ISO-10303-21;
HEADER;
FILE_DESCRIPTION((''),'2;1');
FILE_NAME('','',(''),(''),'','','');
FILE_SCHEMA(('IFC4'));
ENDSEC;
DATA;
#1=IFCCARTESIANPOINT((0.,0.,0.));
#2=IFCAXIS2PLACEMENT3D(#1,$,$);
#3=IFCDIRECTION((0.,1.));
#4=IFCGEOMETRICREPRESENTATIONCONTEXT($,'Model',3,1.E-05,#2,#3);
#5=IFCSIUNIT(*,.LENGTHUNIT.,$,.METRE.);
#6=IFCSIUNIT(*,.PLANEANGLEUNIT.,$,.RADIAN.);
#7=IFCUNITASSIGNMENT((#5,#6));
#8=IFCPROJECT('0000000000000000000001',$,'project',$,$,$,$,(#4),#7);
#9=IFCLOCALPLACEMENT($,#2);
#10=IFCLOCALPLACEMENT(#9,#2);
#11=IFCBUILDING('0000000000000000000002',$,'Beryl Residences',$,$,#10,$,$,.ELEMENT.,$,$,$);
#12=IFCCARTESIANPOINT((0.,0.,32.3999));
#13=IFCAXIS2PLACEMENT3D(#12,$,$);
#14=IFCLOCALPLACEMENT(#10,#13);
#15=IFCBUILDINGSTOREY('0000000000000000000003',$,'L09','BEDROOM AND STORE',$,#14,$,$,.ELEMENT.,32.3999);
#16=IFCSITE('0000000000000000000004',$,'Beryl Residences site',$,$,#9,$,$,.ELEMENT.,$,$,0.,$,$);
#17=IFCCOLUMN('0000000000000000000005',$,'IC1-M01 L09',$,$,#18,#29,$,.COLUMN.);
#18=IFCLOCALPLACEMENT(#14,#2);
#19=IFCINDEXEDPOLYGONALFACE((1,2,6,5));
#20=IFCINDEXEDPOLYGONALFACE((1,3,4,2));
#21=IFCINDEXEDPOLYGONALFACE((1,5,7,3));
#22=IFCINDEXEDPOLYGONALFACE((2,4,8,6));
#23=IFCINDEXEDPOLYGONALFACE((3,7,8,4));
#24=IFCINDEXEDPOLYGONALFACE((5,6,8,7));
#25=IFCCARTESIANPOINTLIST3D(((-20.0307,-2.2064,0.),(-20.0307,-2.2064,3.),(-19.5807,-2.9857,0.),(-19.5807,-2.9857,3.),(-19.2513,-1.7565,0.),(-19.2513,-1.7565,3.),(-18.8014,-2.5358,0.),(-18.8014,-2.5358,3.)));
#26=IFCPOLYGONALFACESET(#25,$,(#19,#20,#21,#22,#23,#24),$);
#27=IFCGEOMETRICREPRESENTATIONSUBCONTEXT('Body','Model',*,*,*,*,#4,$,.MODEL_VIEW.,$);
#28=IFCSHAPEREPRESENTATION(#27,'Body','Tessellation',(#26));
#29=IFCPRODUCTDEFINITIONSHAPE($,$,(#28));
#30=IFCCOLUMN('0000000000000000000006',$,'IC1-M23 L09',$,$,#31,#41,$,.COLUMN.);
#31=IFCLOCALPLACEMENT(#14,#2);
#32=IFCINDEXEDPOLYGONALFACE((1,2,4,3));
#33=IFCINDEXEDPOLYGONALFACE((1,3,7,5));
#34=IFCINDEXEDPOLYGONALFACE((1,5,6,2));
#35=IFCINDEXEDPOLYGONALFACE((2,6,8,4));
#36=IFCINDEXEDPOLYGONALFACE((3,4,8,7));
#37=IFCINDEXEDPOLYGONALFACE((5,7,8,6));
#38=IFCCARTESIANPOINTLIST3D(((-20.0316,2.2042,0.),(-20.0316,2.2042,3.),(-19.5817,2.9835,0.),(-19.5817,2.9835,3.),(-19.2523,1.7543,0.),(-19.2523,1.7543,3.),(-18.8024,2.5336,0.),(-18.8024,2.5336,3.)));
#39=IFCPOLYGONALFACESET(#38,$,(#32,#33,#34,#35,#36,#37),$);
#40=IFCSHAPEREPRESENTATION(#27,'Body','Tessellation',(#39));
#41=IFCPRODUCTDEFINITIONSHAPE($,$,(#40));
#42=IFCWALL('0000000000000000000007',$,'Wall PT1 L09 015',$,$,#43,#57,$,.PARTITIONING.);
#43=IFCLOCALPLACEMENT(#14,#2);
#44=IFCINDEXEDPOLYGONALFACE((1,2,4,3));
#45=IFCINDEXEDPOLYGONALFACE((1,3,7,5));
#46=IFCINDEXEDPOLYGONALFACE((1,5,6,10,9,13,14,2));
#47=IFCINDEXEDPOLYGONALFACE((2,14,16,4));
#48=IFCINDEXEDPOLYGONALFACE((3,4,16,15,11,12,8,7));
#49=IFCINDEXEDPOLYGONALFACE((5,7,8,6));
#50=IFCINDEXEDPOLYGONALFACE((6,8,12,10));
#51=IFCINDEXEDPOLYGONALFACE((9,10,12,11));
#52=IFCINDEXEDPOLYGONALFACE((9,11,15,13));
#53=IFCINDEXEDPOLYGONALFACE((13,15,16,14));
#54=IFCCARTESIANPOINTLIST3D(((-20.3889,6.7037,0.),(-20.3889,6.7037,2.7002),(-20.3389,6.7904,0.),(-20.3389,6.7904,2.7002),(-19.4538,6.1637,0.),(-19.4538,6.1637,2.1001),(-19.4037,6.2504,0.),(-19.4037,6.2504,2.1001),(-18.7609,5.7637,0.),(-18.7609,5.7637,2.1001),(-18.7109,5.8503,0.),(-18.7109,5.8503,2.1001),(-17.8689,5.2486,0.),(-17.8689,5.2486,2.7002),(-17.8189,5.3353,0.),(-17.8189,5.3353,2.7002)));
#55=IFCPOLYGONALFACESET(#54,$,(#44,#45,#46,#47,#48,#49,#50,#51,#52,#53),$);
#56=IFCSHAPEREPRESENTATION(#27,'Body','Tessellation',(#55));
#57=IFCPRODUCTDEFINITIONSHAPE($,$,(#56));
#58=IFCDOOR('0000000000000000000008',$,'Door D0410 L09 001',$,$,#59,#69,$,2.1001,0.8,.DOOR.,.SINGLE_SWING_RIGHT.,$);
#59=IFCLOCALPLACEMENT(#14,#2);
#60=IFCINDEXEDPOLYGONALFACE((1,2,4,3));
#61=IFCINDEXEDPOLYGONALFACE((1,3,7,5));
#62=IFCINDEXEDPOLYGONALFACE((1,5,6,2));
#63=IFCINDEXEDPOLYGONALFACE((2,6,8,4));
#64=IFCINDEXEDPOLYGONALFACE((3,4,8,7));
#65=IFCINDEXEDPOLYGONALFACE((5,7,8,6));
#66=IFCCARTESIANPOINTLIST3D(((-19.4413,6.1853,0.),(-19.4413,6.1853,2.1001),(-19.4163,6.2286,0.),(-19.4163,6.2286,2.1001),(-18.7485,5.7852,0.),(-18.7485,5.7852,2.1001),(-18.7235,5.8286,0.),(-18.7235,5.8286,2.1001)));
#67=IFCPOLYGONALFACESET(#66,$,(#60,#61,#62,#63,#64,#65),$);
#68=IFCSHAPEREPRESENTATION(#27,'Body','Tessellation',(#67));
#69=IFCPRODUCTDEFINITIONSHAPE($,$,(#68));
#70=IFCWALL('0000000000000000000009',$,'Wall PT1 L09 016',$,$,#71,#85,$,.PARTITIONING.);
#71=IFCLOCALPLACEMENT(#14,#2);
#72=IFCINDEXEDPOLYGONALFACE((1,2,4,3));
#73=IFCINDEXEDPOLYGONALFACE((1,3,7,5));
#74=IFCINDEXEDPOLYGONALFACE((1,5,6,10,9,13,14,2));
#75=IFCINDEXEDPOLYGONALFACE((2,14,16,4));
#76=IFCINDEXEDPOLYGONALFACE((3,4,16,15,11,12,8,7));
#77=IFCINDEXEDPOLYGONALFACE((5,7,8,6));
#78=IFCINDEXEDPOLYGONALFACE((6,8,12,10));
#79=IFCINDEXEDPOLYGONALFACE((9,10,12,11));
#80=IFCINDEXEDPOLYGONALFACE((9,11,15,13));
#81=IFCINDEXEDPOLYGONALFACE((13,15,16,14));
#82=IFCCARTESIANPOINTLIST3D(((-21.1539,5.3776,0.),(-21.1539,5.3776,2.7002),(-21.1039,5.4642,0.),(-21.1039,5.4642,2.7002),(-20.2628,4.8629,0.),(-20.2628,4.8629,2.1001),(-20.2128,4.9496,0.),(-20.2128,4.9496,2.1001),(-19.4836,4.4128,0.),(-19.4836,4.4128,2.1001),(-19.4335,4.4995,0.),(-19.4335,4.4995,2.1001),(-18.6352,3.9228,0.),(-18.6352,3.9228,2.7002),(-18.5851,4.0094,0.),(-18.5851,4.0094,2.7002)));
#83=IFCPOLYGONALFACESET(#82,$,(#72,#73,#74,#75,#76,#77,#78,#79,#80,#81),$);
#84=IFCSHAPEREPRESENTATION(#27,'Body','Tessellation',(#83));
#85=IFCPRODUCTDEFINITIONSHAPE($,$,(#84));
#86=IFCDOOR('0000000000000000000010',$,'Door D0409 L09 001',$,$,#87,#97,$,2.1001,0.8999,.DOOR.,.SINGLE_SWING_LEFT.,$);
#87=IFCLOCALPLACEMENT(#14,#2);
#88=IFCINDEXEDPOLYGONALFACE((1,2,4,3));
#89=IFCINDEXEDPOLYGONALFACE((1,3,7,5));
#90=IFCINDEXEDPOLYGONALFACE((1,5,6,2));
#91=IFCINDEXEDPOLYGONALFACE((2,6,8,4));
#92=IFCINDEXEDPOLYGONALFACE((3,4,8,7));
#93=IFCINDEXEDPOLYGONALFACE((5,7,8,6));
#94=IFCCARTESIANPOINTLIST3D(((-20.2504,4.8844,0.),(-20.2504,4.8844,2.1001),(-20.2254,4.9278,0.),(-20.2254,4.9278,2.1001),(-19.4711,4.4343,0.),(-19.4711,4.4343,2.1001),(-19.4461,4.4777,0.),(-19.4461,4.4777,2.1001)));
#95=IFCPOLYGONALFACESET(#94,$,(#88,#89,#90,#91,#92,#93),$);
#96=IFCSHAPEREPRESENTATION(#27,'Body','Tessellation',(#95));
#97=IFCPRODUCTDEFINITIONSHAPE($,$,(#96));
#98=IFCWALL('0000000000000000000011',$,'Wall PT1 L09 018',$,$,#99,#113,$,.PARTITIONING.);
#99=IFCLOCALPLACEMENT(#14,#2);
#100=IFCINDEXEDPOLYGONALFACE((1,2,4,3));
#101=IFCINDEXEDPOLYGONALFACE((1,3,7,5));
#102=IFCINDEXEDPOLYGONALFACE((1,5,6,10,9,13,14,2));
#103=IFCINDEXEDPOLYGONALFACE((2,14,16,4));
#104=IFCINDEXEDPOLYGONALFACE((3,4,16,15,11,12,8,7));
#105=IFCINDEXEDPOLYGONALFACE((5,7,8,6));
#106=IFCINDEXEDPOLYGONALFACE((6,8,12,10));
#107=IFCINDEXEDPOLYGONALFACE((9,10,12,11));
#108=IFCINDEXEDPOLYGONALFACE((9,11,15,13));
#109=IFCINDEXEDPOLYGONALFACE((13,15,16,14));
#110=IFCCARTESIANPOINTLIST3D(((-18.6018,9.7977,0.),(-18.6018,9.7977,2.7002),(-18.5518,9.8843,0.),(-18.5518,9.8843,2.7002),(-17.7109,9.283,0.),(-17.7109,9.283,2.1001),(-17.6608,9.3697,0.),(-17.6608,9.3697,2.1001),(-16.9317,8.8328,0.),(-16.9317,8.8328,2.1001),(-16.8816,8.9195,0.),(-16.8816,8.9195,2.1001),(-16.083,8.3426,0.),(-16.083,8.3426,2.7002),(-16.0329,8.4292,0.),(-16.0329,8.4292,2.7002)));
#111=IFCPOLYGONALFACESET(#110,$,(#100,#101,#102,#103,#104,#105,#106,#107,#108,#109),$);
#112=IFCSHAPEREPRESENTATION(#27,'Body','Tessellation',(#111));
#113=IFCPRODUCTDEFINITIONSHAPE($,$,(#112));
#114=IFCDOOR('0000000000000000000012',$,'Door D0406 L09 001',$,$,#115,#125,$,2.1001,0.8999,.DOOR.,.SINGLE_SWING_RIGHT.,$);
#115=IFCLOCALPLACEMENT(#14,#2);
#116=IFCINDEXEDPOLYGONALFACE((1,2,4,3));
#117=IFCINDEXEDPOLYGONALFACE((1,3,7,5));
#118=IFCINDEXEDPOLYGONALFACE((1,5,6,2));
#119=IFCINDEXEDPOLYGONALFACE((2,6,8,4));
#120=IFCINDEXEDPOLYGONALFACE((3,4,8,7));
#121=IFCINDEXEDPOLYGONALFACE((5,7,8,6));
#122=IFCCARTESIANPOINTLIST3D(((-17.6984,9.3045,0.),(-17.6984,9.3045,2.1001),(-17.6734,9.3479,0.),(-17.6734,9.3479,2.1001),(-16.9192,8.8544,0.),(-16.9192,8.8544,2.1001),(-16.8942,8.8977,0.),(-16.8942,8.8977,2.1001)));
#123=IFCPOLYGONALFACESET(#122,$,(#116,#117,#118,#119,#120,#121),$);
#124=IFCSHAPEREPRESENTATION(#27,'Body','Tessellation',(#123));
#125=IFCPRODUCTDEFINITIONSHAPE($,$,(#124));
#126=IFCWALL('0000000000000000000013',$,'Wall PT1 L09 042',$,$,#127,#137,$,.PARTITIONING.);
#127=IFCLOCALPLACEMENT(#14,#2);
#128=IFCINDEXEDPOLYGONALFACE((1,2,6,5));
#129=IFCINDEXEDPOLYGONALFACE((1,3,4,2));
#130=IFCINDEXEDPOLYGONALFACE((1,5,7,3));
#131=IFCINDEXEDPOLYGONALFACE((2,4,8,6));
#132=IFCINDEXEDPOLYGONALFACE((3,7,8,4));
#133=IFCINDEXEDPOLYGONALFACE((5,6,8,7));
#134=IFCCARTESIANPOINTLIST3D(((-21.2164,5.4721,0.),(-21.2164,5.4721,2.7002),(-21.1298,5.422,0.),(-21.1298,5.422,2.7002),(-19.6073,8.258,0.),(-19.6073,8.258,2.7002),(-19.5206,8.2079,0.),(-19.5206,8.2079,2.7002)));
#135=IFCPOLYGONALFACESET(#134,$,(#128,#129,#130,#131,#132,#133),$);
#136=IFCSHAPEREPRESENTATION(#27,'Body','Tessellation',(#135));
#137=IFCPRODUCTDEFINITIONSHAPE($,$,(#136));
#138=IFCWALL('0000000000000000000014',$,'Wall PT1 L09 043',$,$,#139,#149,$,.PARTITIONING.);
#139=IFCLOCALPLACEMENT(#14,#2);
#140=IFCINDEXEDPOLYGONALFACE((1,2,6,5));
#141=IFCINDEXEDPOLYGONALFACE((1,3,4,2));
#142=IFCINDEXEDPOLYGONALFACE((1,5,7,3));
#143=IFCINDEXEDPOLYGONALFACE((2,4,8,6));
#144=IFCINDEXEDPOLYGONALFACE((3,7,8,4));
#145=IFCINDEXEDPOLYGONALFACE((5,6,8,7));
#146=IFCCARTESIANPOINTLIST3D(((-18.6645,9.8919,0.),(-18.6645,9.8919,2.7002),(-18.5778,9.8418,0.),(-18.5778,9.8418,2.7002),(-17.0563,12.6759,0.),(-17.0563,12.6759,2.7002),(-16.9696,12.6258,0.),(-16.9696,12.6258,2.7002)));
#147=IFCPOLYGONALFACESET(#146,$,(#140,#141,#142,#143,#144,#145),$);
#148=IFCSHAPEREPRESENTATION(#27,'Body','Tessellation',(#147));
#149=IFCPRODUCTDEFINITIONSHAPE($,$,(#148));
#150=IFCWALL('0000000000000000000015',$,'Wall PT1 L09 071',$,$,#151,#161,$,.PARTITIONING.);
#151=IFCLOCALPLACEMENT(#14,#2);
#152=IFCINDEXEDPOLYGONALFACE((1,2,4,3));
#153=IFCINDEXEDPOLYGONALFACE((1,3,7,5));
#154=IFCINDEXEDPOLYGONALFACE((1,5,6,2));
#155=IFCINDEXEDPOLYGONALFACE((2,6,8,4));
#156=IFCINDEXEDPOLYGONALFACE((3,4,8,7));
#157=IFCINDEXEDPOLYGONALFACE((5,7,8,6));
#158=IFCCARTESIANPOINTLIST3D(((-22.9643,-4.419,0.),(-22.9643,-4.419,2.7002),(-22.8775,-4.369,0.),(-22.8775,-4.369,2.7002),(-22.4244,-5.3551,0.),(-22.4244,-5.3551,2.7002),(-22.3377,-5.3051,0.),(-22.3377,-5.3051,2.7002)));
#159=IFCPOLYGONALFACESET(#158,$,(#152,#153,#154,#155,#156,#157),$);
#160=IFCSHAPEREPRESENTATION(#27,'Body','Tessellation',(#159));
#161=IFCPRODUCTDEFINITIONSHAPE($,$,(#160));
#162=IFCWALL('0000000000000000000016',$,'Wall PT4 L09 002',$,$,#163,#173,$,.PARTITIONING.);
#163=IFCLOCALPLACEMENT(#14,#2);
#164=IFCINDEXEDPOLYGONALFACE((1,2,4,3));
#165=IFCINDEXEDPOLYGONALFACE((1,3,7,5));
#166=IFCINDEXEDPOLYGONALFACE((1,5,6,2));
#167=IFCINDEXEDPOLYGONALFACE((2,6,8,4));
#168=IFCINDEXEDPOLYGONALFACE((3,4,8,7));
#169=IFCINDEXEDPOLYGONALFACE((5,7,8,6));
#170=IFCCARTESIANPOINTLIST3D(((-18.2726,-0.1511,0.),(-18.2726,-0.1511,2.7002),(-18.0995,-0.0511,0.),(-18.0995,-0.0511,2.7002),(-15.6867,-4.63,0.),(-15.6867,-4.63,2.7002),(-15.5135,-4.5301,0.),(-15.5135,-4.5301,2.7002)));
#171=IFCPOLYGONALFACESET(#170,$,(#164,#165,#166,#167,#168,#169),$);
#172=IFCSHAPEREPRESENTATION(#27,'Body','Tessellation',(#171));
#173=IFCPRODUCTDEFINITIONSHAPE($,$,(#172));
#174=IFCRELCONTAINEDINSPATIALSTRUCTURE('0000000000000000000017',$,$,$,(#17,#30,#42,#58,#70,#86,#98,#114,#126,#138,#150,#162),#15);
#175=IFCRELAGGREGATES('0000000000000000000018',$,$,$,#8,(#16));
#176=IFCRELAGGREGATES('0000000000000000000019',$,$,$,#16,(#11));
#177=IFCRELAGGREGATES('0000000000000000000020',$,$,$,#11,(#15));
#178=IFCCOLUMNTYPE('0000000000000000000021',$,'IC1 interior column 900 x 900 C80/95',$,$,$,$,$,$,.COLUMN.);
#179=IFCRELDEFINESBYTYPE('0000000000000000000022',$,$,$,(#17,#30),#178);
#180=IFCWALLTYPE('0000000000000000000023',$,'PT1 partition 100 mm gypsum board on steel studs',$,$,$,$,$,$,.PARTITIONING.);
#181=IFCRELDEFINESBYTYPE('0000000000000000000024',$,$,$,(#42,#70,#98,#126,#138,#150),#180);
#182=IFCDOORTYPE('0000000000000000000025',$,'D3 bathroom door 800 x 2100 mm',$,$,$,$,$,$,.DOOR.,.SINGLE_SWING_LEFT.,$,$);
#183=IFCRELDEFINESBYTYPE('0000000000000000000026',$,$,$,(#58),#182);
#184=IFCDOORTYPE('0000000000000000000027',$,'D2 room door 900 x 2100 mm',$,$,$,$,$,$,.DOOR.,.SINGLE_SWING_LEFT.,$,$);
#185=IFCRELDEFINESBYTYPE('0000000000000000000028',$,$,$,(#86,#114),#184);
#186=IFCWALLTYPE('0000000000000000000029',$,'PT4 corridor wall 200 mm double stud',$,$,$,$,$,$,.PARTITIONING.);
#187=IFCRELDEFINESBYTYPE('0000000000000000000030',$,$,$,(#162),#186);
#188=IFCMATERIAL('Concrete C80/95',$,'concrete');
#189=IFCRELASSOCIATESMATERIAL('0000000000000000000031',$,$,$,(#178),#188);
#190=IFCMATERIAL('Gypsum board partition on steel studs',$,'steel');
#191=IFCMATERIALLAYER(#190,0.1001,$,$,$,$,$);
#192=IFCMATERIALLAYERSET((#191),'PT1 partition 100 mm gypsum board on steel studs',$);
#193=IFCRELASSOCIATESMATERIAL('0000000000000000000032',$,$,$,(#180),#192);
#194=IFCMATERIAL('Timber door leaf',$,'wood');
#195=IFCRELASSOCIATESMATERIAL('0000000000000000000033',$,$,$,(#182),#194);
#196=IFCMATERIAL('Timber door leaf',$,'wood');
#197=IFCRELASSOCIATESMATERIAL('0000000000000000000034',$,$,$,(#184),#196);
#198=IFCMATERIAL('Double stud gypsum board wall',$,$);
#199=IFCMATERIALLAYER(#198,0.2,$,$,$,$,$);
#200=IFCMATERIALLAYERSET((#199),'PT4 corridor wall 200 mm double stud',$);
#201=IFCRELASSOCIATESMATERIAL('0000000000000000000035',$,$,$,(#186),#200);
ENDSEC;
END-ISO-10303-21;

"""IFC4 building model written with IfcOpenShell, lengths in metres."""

from ifc_helpers import new_model, si_unit, direction, frame, frame_2d, origin, origin_2d, place, context, subcontext, project, spatial, rectangle, extrude, material, layer, layer_set, material_profile, profile_set, type_object, element, fill, save


model = new_model("IFC4")

# Units and contexts
model_context = context("Model", 3, precision=1e-05, world=origin(), true_north=direction((0.0, 1.0)))
body_context = subcontext(model_context, "Body", "Model", "MODEL_VIEW")
ifc_project = project(units=[si_unit("LENGTHUNIT", "METRE"), si_unit("PLANEANGLEUNIT", "RADIAN")], contexts=[model_context])

# Site, building, storey
site_placement = place(None, origin())
site = spatial("IfcSite", under=ifc_project, at=site_placement, Name="Beryl Residences site", CompositionType="ELEMENT", RefElevation=0.0)
building_placement = place(site_placement, origin())
building = spatial("IfcBuilding", under=site, at=building_placement, Name="Beryl Residences", CompositionType="ELEMENT")
storey_placement = place(building_placement, frame((0.0, 0.0, 32.3999)))
storey = spatial("IfcBuildingStorey", under=building, at=storey_placement, Name="L09", Description="BEDROOM AND STORE", CompositionType="ELEMENT", Elevation=32.3999)

# Columns
ifc_material_1 = material(Name="Concrete C80/95", Category="concrete")
ifc_material_profile = material_profile(ifc_material_1, rectangle(XDim=0.8999, YDim=0.8999, at=origin_2d()))
ifc_profile_set = profile_set([ifc_material_profile], Name="Concrete C80/95")
column_type = type_object("IfcColumnType", Name="IC1 interior column 900 x 900 C80/95", PredefinedType="COLUMN", material=ifc_profile_set)
for number, where, z_axis, x_axis, name in (
    (1, (-19.416, -2.3711, 0.0), (0.0, 0.0, 1.0), (0.499985, -0.866034, 0.0), "IC1-M01 L09"),
    (2, (-19.417, 2.3689, 0.0), (0.0, 0.0, 1.0), (-0.499985, -0.866034, 0.0), "IC1-M23 L09"),
):
    element("IfcColumn", number, at=place(storey_placement, frame(where, z_axis=z_axis, x_axis=x_axis)), inside=storey, type_object=column_type, Name=name, PredefinedType="COLUMN", context=body_context, shape_type="SweptSolid", body=[
        extrude(rectangle(XDim=0.8999, YDim=0.8999, at=origin_2d()), origin(), (0.0, 0.0, 1.0), 3.0),
    ])

# Walls, openings, doors
ifc_material_2 = material(Name="Gypsum board partition on steel studs", Category="steel")
ifc_layer_1 = layer(ifc_material_2, 0.1001)
ifc_layer_set_1 = layer_set([ifc_layer_1], Name="PT1 partition 100 mm gypsum board on steel studs")
wall_type_1 = type_object("IfcWallType", Name="PT1 partition 100 mm gypsum board on steel studs", PredefinedType="PARTITIONING", material=ifc_layer_set_1)
wall_1_placement = place(storey_placement, frame((-20.364, 6.7471, 0.0), z_axis=(0.0, 0.0, 1.0), x_axis=(0.866004, -0.500037, 0.0)))
wall_1 = element("IfcWall", 3, at=wall_1_placement, inside=storey, type_object=wall_type_1, Name="Wall PT1 L09 015", PredefinedType="PARTITIONING", context=body_context, shape_type="SweptSolid", body=[
    extrude(rectangle(XDim=2.9099, YDim=0.1001, at=frame_2d((1.4551, 0.0))), origin(), (0.0, 0.0, 1.0), 2.7002),
])
opening_1_placement = place(wall_1_placement, frame((1.0801, 0.0, 0.0)))
opening_1 = element("IfcOpeningElement", 4, at=opening_1_placement, cuts=wall_1, PredefinedType="OPENING", context=body_context, shape_type="SweptSolid", body=[
    extrude(rectangle(XDim=0.8, YDim=2.1001, at=frame_2d((0.3999, 1.05))), frame((0.0, 0.0601, 0.0), z_axis=(0.0, -1.0, 0.0), x_axis=(1.0, 0.0, 0.0)), (0.0, 0.0, 1.0), 0.1201),
])
ifc_material_3 = material(Name="Timber door leaf", Category="wood")
door_type_1 = type_object("IfcDoorType", Name="D3 bathroom door 800 x 2100 mm", OperationType="SINGLE_SWING_LEFT", PredefinedType="DOOR", material=ifc_material_3)
door_1_placement = place(opening_1_placement, origin())
door_1 = element("IfcDoor", 5, at=door_1_placement, inside=storey, type_object=door_type_1, Name="Door D0410 L09 001", OperationType="SINGLE_SWING_RIGHT", OverallHeight=2.1001, OverallWidth=0.8, PredefinedType="DOOR", context=body_context, shape_type="SweptSolid", body=[
    extrude(rectangle(XDim=0.8, YDim=2.1001, at=frame_2d((0.3999, 1.05))), frame((0.0, 0.0249, 0.0), z_axis=(0.0, -1.0, 0.0), x_axis=(1.0, 0.0, 0.0)), (0.0, 0.0, 1.0), 0.05),
])
fill(opening_1, door_1)
wall_2_placement = place(storey_placement, frame((-21.1289, 5.4209, 0.0), z_axis=(0.0, 0.0, 1.0), x_axis=(0.865935, -0.500156, 0.0)))
wall_2 = element("IfcWall", 6, at=wall_2_placement, inside=storey, type_object=wall_type_1, Name="Wall PT1 L09 016", PredefinedType="PARTITIONING", context=body_context, shape_type="SweptSolid", body=[
    extrude(rectangle(XDim=2.9087, YDim=0.1001, at=frame_2d((1.4543, 0.0))), origin(), (0.0, 0.0, 1.0), 2.7002),
])
opening_2_placement = place(wall_2_placement, frame((1.0291, 0.0, 0.0)))
opening_2 = element("IfcOpeningElement", 7, at=opening_2_placement, cuts=wall_2, PredefinedType="OPENING", context=body_context, shape_type="SweptSolid", body=[
    extrude(rectangle(XDim=0.8999, YDim=2.1001, at=frame_2d((0.45, 1.05))), frame((0.0, 0.0601, 0.0), z_axis=(0.0, -1.0, 0.0), x_axis=(1.0, 0.0, 0.0)), (0.0, 0.0, 1.0), 0.1201),
])
ifc_material_4 = material(Name="Timber door leaf", Category="wood")
door_type_2 = type_object("IfcDoorType", Name="D2 room door 900 x 2100 mm", OperationType="SINGLE_SWING_LEFT", PredefinedType="DOOR", material=ifc_material_4)
door_2_placement = place(opening_2_placement, origin())
door_2 = element("IfcDoor", 8, at=door_2_placement, inside=storey, type_object=door_type_2, Name="Door D0409 L09 001", OperationType="SINGLE_SWING_LEFT", OverallHeight=2.1001, OverallWidth=0.8999, PredefinedType="DOOR", context=body_context, shape_type="SweptSolid", body=[
    extrude(rectangle(XDim=0.8999, YDim=2.1001, at=frame_2d((0.45, 1.05))), frame((0.0, 0.0249, 0.0), z_axis=(0.0, -1.0, 0.0), x_axis=(1.0, 0.0, 0.0)), (0.0, 0.0, 1.0), 0.05),
])
fill(opening_2, door_2)
wall_3_placement = place(storey_placement, frame((-18.5769, 9.8411, 0.0), z_axis=(0.0, 0.0, 1.0), x_axis=(0.865899, -0.500219, 0.0)))
wall_3 = element("IfcWall", 9, at=wall_3_placement, inside=storey, type_object=wall_type_1, Name="Wall PT1 L09 018", PredefinedType="PARTITIONING", context=body_context, shape_type="SweptSolid", body=[
    extrude(rectangle(XDim=2.9089, YDim=0.1001, at=frame_2d((1.4546, 0.0))), origin(), (0.0, 0.0, 1.0), 2.7002),
])
opening_3_placement = place(wall_3_placement, frame((1.0291, 0.0, 0.0)))
opening_3 = element("IfcOpeningElement", 10, at=opening_3_placement, cuts=wall_3, PredefinedType="OPENING", context=body_context, shape_type="SweptSolid", body=[
    extrude(rectangle(XDim=0.8999, YDim=2.1001, at=frame_2d((0.45, 1.05))), frame((0.0, 0.0601, 0.0), z_axis=(0.0, -1.0, 0.0), x_axis=(1.0, 0.0, 0.0)), (0.0, 0.0, 1.0), 0.1201),
])
door_3_placement = place(opening_3_placement, origin())
door_3 = element("IfcDoor", 11, at=door_3_placement, inside=storey, type_object=door_type_2, Name="Door D0406 L09 001", OperationType="SINGLE_SWING_RIGHT", OverallHeight=2.1001, OverallWidth=0.8999, PredefinedType="DOOR", context=body_context, shape_type="SweptSolid", body=[
    extrude(rectangle(XDim=0.8999, YDim=2.1001, at=frame_2d((0.45, 1.05))), frame((0.0, 0.0249, 0.0), z_axis=(0.0, -1.0, 0.0), x_axis=(1.0, 0.0, 0.0)), (0.0, 0.0, 1.0), 0.05),
])
fill(opening_3, door_3)

# Walls
wall_4_placement = place(storey_placement, frame((-21.1731, 5.447, 0.0), z_axis=(0.0, 0.0, 1.0), x_axis=(0.500163, 0.865932, 0.0)))
element("IfcWall", 12, at=wall_4_placement, inside=storey, type_object=wall_type_1, Name="Wall PT1 L09 042", PredefinedType="PARTITIONING", context=body_context, shape_type="SweptSolid", body=[
    extrude(rectangle(XDim=3.2173, YDim=0.1001, at=frame_2d((1.6086, 0.0))), origin(), (0.0, 0.0, 1.0), 2.7002),
])
wall_5_placement = place(storey_placement, frame((-18.6211, 9.8669, 0.0), z_axis=(0.0, 0.0, 1.0), x_axis=(0.500198, 0.865911, 0.0)))
element("IfcWall", 13, at=wall_5_placement, inside=storey, type_object=wall_type_1, Name="Wall PT1 L09 043", PredefinedType="PARTITIONING", context=body_context, shape_type="SweptSolid", body=[
    extrude(rectangle(XDim=3.2151, YDim=0.1001, at=frame_2d((1.6074, 0.0))), origin(), (0.0, 0.0, 1.0), 2.7002),
])
wall_6_placement = place(storey_placement, frame((-22.9209, -4.394, 0.0), z_axis=(0.0, 0.0, 1.0), x_axis=(0.499566, -0.866276, 0.0)))
element("IfcWall", 14, at=wall_6_placement, inside=storey, type_object=wall_type_1, Name="Wall PT1 L09 071", PredefinedType="PARTITIONING", context=body_context, shape_type="SweptSolid", body=[
    extrude(rectangle(XDim=1.0806, YDim=0.1001, at=frame_2d((0.5403, 0.0))), origin(), (0.0, 0.0, 1.0), 2.7002),
])
ifc_material_5 = material(Name="Double stud gypsum board wall")
ifc_layer_2 = layer(ifc_material_5, 0.2)
ifc_layer_set_2 = layer_set([ifc_layer_2], Name="PT4 corridor wall 200 mm double stud")
wall_type_2 = type_object("IfcWallType", Name="PT4 corridor wall 200 mm double stud", PredefinedType="PARTITIONING", material=ifc_layer_set_2)
wall_7_placement = place(storey_placement, frame((-18.186, -0.1011, 0.0), z_axis=(0.0, 0.0, 1.0), x_axis=(0.499998, -0.866027, 0.0)))
element("IfcWall", 15, at=wall_7_placement, inside=storey, type_object=wall_type_2, Name="Wall PT4 L09 002", PredefinedType="PARTITIONING", context=body_context, shape_type="SweptSolid", body=[
    extrude(rectangle(XDim=5.1719, YDim=0.2, at=frame_2d((2.5859, 0.0))), origin(), (0.0, 0.0, 1.0), 2.7002),
])

save(model, "model.ifc")
